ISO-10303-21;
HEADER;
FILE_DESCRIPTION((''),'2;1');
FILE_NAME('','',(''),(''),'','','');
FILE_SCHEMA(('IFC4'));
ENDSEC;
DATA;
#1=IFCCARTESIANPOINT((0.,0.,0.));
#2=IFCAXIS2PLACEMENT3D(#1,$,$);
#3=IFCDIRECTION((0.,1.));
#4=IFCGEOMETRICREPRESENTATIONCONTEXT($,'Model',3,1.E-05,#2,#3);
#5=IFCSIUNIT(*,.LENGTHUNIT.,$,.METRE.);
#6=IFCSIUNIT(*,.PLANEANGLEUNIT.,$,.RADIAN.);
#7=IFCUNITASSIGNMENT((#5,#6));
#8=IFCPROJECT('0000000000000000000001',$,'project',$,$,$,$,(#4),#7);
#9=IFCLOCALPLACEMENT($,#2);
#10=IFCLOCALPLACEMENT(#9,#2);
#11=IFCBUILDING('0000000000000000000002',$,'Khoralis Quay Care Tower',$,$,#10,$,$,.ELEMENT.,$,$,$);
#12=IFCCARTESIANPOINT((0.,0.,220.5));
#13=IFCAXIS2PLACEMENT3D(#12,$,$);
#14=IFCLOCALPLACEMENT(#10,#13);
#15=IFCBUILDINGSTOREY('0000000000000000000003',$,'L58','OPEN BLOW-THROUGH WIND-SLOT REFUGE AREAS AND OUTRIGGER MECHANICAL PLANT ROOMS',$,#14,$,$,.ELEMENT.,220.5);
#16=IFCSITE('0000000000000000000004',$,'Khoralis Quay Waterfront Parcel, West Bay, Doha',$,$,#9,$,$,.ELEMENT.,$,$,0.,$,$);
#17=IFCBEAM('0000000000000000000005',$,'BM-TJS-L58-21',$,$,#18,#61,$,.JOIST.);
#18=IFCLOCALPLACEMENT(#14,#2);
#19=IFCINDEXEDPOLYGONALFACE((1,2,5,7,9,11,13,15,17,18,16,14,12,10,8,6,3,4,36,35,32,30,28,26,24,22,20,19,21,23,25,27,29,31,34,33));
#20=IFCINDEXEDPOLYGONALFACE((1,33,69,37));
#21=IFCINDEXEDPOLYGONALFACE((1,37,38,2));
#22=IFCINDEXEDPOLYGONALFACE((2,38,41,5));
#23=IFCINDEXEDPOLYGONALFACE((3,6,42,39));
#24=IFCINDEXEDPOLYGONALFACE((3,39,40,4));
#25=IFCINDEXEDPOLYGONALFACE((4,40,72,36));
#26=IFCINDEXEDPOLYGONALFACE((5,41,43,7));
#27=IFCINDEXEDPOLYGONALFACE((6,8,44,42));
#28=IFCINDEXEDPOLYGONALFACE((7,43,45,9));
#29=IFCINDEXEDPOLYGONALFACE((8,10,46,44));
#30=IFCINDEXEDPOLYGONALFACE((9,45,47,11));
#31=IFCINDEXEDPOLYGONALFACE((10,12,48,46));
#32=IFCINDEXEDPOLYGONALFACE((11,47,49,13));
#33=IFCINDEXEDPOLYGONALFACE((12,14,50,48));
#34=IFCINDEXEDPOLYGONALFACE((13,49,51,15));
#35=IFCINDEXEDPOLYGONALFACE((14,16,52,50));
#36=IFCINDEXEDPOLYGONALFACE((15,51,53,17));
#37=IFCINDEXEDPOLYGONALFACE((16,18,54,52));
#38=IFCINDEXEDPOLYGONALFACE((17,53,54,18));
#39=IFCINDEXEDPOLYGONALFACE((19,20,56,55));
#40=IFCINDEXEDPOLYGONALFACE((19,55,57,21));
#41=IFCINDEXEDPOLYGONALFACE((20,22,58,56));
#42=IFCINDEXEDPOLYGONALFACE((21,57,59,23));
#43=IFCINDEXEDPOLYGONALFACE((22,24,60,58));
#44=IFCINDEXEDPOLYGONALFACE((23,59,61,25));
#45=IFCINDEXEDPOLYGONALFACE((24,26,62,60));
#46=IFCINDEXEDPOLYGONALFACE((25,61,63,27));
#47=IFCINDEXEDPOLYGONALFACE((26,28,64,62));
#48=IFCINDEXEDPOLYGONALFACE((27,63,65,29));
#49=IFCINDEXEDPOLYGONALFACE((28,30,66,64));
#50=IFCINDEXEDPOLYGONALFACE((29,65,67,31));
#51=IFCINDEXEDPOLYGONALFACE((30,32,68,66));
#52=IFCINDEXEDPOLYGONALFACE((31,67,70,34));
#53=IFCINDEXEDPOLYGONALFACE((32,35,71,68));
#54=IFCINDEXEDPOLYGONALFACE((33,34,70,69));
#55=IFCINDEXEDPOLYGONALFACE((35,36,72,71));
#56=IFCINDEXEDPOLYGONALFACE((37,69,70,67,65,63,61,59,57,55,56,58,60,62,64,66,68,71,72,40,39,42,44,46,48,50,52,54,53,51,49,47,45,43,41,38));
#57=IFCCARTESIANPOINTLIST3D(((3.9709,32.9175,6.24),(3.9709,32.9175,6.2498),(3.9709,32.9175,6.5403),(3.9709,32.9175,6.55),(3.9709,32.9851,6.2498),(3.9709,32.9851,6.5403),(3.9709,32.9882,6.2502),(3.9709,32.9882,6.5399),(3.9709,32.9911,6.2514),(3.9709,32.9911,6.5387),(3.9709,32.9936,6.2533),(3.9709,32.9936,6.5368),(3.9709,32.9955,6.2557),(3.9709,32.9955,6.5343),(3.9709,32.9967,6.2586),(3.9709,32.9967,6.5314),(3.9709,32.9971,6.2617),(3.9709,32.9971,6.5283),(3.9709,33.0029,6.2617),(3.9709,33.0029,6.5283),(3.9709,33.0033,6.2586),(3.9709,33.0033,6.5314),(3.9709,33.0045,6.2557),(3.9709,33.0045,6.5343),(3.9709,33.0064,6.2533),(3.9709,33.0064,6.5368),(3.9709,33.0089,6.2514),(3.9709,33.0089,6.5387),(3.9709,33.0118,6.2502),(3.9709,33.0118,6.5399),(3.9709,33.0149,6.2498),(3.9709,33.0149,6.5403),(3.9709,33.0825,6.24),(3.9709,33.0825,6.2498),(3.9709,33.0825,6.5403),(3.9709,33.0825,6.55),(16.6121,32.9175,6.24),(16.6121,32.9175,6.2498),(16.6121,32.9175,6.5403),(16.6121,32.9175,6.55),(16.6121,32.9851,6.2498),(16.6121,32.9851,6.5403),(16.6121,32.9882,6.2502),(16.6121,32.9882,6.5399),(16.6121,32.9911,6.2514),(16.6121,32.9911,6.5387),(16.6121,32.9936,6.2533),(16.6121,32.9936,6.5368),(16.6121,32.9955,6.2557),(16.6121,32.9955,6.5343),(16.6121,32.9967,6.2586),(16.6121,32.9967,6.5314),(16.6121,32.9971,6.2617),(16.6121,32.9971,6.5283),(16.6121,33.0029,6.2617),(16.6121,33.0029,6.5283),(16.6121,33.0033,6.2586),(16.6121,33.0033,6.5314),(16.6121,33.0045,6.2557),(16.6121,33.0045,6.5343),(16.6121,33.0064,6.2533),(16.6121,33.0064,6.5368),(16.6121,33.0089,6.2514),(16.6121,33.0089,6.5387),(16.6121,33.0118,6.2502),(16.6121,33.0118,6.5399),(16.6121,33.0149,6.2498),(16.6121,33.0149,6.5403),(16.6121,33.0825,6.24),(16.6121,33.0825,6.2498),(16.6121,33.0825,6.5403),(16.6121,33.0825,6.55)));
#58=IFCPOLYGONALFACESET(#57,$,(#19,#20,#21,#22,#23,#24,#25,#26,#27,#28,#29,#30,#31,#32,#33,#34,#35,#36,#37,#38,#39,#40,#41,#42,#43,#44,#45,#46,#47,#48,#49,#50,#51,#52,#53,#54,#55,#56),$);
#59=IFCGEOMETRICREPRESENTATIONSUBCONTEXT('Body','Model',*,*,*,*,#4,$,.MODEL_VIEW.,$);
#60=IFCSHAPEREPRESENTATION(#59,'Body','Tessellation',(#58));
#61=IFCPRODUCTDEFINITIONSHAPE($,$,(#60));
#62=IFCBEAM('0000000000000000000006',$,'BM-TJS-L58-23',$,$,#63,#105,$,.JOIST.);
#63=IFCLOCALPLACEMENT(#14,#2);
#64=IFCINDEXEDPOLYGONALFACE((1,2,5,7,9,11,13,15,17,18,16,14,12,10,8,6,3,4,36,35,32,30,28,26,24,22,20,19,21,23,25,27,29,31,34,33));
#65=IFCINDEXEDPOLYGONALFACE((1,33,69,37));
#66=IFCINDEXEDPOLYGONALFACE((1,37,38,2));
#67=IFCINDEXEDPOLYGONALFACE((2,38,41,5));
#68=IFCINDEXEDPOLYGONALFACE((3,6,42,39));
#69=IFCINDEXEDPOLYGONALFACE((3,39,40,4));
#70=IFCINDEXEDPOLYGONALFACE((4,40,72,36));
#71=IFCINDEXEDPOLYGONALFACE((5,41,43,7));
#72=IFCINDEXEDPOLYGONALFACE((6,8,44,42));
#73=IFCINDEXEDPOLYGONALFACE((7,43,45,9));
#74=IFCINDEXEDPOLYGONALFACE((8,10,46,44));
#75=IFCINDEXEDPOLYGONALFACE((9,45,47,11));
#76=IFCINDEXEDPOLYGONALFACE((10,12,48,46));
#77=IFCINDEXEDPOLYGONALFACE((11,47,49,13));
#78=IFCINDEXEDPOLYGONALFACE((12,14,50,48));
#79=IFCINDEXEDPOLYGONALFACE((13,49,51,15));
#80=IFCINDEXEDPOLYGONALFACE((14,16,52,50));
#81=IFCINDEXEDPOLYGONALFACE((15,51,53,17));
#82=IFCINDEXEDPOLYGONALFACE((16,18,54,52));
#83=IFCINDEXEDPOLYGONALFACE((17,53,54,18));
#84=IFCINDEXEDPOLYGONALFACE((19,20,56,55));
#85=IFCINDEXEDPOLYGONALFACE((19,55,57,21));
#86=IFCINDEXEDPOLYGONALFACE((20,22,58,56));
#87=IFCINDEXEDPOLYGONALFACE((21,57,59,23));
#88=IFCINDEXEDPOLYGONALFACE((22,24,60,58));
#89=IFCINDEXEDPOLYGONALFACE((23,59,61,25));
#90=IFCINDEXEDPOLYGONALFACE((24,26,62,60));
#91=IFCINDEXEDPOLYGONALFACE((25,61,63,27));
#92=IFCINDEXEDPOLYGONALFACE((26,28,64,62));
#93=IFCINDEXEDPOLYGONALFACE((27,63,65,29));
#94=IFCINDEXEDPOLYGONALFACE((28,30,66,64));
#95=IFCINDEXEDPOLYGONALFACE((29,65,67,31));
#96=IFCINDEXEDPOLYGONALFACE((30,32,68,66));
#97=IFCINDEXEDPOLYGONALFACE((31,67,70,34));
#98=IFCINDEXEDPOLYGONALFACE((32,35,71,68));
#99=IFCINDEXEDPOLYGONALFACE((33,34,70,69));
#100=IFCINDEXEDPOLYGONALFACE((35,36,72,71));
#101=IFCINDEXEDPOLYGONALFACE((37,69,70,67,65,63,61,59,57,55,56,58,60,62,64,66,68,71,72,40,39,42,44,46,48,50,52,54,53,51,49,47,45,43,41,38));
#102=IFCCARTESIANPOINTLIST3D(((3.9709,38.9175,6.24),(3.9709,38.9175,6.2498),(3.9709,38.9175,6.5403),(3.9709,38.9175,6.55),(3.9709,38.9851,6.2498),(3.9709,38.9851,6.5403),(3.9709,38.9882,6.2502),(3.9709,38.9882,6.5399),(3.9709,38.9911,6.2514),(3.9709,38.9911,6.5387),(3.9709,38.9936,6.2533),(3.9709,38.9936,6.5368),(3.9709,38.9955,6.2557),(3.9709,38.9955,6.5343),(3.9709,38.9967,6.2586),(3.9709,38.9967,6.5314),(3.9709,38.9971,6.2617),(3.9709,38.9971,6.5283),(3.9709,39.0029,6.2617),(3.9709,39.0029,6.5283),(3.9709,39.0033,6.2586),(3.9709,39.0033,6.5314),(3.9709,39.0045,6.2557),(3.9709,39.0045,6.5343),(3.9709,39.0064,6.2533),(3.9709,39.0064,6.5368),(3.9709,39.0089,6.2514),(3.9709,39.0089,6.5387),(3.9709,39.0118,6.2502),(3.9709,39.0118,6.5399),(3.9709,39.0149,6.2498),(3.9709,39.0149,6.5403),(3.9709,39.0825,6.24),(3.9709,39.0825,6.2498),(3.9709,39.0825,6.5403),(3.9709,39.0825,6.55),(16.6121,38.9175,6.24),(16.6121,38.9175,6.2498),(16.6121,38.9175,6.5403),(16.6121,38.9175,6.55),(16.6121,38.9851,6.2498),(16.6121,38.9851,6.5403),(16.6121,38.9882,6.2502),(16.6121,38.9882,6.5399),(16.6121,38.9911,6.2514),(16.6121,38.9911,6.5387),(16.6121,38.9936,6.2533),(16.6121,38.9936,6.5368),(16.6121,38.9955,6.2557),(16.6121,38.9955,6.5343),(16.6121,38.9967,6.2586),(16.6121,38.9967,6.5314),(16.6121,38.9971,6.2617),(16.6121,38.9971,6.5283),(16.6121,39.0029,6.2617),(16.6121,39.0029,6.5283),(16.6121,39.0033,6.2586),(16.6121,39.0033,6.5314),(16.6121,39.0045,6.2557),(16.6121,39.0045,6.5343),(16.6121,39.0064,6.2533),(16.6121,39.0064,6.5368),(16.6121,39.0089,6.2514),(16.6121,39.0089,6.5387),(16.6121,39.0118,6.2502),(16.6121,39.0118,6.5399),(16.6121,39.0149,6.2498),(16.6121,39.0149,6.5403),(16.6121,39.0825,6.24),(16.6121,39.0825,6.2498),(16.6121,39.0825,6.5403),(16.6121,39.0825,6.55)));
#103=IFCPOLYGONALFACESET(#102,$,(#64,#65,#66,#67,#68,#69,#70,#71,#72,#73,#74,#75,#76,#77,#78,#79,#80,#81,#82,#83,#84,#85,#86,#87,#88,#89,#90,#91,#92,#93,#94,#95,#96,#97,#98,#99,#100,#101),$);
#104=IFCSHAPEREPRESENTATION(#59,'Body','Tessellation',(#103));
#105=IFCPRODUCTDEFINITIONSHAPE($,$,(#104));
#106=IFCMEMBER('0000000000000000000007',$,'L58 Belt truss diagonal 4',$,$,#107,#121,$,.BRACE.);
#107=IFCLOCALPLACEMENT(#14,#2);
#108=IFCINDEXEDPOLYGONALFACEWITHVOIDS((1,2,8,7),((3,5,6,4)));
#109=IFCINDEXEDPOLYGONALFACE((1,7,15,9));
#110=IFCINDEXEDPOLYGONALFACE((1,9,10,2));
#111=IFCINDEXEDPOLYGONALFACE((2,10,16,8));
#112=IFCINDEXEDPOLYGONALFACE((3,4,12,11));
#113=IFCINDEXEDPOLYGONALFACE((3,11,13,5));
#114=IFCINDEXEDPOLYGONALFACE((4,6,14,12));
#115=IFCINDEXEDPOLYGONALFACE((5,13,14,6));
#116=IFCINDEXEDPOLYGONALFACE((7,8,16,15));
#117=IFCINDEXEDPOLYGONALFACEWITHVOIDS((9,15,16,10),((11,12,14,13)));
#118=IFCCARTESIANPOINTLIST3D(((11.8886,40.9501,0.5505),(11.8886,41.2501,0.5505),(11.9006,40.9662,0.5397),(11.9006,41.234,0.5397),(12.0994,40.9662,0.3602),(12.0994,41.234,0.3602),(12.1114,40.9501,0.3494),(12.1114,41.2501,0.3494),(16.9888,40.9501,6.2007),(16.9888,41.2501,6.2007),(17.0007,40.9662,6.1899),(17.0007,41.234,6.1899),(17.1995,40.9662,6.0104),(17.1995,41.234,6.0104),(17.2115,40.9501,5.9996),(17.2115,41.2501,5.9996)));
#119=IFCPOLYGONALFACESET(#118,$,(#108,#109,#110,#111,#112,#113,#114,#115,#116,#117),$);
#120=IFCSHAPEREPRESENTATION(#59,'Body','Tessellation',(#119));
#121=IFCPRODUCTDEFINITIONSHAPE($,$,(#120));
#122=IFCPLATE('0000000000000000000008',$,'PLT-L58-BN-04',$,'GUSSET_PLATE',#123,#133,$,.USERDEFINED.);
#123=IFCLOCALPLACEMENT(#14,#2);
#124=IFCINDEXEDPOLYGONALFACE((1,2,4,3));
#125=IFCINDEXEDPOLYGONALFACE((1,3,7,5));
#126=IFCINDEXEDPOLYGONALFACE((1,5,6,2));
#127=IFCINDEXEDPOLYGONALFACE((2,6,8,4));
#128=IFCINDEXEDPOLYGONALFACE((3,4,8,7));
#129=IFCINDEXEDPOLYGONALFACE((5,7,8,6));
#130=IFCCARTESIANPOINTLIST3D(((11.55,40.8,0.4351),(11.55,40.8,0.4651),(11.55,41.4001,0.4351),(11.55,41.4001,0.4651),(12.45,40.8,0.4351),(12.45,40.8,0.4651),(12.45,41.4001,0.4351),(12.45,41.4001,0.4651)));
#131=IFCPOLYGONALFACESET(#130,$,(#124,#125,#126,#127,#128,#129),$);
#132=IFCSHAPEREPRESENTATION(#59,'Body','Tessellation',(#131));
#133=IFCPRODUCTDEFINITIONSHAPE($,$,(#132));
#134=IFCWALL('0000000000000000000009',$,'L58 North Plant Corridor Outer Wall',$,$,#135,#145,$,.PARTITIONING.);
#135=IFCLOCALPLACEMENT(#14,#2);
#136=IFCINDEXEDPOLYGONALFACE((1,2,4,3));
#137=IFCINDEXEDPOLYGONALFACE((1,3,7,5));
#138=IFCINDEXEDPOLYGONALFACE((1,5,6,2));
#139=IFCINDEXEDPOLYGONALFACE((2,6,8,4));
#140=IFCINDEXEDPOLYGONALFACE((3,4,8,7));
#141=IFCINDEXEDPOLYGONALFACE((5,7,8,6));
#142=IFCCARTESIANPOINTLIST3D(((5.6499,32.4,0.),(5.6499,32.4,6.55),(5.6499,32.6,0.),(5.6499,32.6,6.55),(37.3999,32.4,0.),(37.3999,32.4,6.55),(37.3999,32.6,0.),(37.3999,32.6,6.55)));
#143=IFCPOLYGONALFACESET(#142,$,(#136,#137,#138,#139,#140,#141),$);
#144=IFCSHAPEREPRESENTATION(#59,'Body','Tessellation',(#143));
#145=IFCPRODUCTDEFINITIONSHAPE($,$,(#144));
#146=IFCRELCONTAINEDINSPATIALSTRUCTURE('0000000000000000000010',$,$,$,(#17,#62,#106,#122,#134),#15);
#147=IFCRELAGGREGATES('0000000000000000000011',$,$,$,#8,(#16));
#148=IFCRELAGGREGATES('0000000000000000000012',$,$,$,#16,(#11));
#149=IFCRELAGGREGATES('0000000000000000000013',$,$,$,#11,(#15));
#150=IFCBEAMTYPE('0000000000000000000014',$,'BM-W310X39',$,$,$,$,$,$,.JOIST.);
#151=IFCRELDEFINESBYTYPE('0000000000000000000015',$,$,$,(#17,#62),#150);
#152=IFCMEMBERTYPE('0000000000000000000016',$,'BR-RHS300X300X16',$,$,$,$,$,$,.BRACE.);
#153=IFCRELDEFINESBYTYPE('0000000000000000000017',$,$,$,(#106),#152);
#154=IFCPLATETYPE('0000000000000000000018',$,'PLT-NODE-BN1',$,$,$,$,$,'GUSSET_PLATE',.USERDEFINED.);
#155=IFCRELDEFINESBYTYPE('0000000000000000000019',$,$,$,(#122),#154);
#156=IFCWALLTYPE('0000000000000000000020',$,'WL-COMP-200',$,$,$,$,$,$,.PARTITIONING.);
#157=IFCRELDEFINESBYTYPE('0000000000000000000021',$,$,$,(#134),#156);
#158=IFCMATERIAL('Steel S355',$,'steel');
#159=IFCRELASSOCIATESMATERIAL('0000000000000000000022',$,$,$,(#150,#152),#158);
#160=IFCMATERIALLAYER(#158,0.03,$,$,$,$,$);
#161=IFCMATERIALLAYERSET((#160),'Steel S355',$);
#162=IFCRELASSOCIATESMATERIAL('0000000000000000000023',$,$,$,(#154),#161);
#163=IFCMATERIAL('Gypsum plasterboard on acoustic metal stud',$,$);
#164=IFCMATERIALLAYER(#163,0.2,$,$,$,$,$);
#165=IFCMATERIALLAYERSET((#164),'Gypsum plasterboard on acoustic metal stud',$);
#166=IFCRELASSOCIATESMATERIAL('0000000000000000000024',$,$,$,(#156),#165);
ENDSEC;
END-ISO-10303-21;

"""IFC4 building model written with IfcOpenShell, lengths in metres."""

from ifc_helpers import new_model, si_unit, direction, frame, frame_2d, origin, origin_2d, place, context, subcontext, project, spatial, rectangle, hollow_rectangle, i_section, extrude, source, transform, mapped, material, layer, layer_set, material_profile, profile_set, type_object, element, save


model = new_model("IFC4")

# Units and contexts
model_context = context("Model", 3, precision=1e-05, world=origin(), true_north=direction((0.0, 1.0)))
body_context = subcontext(model_context, "Body", "Model", "MODEL_VIEW")
ifc_project = project(units=[si_unit("LENGTHUNIT", "METRE"), si_unit("PLANEANGLEUNIT", "RADIAN")], contexts=[model_context])

# Site, building, storey
site_placement = place(None, origin())
site = spatial("IfcSite", under=ifc_project, at=site_placement, Name="Khoralis Quay Waterfront Parcel, West Bay, Doha", CompositionType="ELEMENT", RefElevation=0.0)
building_placement = place(site_placement, origin())
building = spatial("IfcBuilding", under=site, at=building_placement, Name="Khoralis Quay Care Tower", CompositionType="ELEMENT")
storey_placement = place(building_placement, frame((0.0, 0.0, 220.5)))
storey = spatial("IfcBuildingStorey", under=building, at=storey_placement, Name="L58", Description="OPEN BLOW-THROUGH WIND-SLOT REFUGE AREAS AND OUTRIGGER MECHANICAL PLANT ROOMS", CompositionType="ELEMENT", Elevation=220.5)

# Beams
ifc_material_1 = material(Name="Steel S355", Category="steel")
ifc_material_profile_1 = material_profile(ifc_material_1, i_section(OverallWidth=0.165, OverallDepth=0.3101, WebThickness=0.0059, FlangeThickness=0.0098, FilletRadius=0.012, at=origin_2d()), Name="Steel S355")
ifc_profile_set_1 = profile_set([ifc_material_profile_1], Name="Steel S355")
beam_type_1 = type_object("IfcBeamType", Name="BM-W310X39", PredefinedType="JOIST", material=ifc_profile_set_1)
shared_shape_1 = source(origin(), body_context, "Body", "SweptSolid", [
    extrude(i_section(OverallWidth=0.165, OverallDepth=0.3101, WebThickness=0.0059, FlangeThickness=0.0098, FilletRadius=0.012, at=origin_2d()), origin(), (0.0, 0.0, 1.0), 12.6411),
])
for number, where, z_axis, x_axis, name in (
    (1, (3.9709, 33.0, 6.395), (1.0, 0.0, 0.0), (0.0, 1.0, 0.0), "BM-TJS-L58-21"),
    (2, (3.9709, 39.0, 6.395), (1.0, 0.0, 0.0), (0.0, 1.0, 0.0), "BM-TJS-L58-23"),
):
    element("IfcBeam", number, at=place(storey_placement, frame(where, z_axis=z_axis, x_axis=x_axis)), inside=storey, type_object=beam_type_1, Name=name, PredefinedType="JOIST", context=body_context, shape_type="MappedRepresentation", body=[
        mapped(shared_shape_1, transform((0.0, 0.0, 0.0), scale=1.0)),
    ])

# Member
ifc_material_profile_2 = material_profile(ifc_material_1, hollow_rectangle(XDim=0.3, YDim=0.3, WallThickness=0.0161, at=origin_2d()), Name="Steel S355")
ifc_profile_set_2 = profile_set([ifc_material_profile_2], Name="Steel S355")
member_type = type_object("IfcMemberType", Name="BR-RHS300X300X16", PredefinedType="BRACE", material=ifc_profile_set_2)
shared_shape_2 = source(origin(), body_context, "Body", "SweptSolid", [
    extrude(hollow_rectangle(XDim=0.3, YDim=0.3, WallThickness=0.0161, at=origin_2d()), origin(), (0.0, 0.0, 1.0), 7.6116),
])
member_placement = place(storey_placement, frame((12.0, 41.1001, 0.45), z_axis=(0.67005, 0.0, 0.742316), x_axis=(0.0, 1.0, 0.0)))
element("IfcMember", 3, at=member_placement, inside=storey, type_object=member_type, Name="L58 Belt truss diagonal 4", PredefinedType="BRACE", context=body_context, shape_type="MappedRepresentation", body=[
    mapped(shared_shape_2, transform((0.0, 0.0, 0.0), scale=1.0)),
])

# Plate
ifc_layer_1 = layer(ifc_material_1, 0.03)
ifc_layer_set_1 = layer_set([ifc_layer_1], Name="Steel S355")
plate_type = type_object("IfcPlateType", Name="PLT-NODE-BN1", ElementType="GUSSET_PLATE", PredefinedType="USERDEFINED", material=ifc_layer_set_1)
shared_shape_3 = source(origin(), body_context, "Body", "SweptSolid", [
    extrude(rectangle(XDim=0.8999, YDim=0.6001, at=origin_2d()), origin(), (0.0, 0.0, 1.0), 0.03),
])
plate_placement = place(storey_placement, frame((12.0, 41.1001, 0.4351), z_axis=(0.0, 0.0, 1.0), x_axis=(1.0, 0.0, 0.0)))
element("IfcPlate", 4, at=plate_placement, inside=storey, type_object=plate_type, Name="PLT-L58-BN-04", ObjectType="GUSSET_PLATE", PredefinedType="USERDEFINED", context=body_context, shape_type="MappedRepresentation", body=[
    mapped(shared_shape_3, transform((0.0, 0.0, 0.0), scale=1.0)),
])

# Wall
ifc_material_2 = material(Name="Gypsum plasterboard on acoustic metal stud")
ifc_layer_2 = layer(ifc_material_2, 0.2)
ifc_layer_set_2 = layer_set([ifc_layer_2], Name="Gypsum plasterboard on acoustic metal stud")
wall_type_1 = type_object("IfcWallType", Name="WL-COMP-200", PredefinedType="PARTITIONING", material=ifc_layer_set_2)
wall_1_placement = place(storey_placement, frame((5.6499, 32.5, 0.0), z_axis=(0.0, 0.0, 1.0), x_axis=(1.0, 0.0, 0.0)))
element("IfcWall", 5, at=wall_1_placement, inside=storey, type_object=wall_type_1, Name="L58 North Plant Corridor Outer Wall", PredefinedType="PARTITIONING", context=body_context, shape_type="SweptSolid", body=[
    extrude(rectangle(XDim=31.75, YDim=0.2, at=frame_2d((15.875, 0.0))), origin(), (0.0, 0.0, 1.0), 6.55),
])

save(model, "model.ifc")
